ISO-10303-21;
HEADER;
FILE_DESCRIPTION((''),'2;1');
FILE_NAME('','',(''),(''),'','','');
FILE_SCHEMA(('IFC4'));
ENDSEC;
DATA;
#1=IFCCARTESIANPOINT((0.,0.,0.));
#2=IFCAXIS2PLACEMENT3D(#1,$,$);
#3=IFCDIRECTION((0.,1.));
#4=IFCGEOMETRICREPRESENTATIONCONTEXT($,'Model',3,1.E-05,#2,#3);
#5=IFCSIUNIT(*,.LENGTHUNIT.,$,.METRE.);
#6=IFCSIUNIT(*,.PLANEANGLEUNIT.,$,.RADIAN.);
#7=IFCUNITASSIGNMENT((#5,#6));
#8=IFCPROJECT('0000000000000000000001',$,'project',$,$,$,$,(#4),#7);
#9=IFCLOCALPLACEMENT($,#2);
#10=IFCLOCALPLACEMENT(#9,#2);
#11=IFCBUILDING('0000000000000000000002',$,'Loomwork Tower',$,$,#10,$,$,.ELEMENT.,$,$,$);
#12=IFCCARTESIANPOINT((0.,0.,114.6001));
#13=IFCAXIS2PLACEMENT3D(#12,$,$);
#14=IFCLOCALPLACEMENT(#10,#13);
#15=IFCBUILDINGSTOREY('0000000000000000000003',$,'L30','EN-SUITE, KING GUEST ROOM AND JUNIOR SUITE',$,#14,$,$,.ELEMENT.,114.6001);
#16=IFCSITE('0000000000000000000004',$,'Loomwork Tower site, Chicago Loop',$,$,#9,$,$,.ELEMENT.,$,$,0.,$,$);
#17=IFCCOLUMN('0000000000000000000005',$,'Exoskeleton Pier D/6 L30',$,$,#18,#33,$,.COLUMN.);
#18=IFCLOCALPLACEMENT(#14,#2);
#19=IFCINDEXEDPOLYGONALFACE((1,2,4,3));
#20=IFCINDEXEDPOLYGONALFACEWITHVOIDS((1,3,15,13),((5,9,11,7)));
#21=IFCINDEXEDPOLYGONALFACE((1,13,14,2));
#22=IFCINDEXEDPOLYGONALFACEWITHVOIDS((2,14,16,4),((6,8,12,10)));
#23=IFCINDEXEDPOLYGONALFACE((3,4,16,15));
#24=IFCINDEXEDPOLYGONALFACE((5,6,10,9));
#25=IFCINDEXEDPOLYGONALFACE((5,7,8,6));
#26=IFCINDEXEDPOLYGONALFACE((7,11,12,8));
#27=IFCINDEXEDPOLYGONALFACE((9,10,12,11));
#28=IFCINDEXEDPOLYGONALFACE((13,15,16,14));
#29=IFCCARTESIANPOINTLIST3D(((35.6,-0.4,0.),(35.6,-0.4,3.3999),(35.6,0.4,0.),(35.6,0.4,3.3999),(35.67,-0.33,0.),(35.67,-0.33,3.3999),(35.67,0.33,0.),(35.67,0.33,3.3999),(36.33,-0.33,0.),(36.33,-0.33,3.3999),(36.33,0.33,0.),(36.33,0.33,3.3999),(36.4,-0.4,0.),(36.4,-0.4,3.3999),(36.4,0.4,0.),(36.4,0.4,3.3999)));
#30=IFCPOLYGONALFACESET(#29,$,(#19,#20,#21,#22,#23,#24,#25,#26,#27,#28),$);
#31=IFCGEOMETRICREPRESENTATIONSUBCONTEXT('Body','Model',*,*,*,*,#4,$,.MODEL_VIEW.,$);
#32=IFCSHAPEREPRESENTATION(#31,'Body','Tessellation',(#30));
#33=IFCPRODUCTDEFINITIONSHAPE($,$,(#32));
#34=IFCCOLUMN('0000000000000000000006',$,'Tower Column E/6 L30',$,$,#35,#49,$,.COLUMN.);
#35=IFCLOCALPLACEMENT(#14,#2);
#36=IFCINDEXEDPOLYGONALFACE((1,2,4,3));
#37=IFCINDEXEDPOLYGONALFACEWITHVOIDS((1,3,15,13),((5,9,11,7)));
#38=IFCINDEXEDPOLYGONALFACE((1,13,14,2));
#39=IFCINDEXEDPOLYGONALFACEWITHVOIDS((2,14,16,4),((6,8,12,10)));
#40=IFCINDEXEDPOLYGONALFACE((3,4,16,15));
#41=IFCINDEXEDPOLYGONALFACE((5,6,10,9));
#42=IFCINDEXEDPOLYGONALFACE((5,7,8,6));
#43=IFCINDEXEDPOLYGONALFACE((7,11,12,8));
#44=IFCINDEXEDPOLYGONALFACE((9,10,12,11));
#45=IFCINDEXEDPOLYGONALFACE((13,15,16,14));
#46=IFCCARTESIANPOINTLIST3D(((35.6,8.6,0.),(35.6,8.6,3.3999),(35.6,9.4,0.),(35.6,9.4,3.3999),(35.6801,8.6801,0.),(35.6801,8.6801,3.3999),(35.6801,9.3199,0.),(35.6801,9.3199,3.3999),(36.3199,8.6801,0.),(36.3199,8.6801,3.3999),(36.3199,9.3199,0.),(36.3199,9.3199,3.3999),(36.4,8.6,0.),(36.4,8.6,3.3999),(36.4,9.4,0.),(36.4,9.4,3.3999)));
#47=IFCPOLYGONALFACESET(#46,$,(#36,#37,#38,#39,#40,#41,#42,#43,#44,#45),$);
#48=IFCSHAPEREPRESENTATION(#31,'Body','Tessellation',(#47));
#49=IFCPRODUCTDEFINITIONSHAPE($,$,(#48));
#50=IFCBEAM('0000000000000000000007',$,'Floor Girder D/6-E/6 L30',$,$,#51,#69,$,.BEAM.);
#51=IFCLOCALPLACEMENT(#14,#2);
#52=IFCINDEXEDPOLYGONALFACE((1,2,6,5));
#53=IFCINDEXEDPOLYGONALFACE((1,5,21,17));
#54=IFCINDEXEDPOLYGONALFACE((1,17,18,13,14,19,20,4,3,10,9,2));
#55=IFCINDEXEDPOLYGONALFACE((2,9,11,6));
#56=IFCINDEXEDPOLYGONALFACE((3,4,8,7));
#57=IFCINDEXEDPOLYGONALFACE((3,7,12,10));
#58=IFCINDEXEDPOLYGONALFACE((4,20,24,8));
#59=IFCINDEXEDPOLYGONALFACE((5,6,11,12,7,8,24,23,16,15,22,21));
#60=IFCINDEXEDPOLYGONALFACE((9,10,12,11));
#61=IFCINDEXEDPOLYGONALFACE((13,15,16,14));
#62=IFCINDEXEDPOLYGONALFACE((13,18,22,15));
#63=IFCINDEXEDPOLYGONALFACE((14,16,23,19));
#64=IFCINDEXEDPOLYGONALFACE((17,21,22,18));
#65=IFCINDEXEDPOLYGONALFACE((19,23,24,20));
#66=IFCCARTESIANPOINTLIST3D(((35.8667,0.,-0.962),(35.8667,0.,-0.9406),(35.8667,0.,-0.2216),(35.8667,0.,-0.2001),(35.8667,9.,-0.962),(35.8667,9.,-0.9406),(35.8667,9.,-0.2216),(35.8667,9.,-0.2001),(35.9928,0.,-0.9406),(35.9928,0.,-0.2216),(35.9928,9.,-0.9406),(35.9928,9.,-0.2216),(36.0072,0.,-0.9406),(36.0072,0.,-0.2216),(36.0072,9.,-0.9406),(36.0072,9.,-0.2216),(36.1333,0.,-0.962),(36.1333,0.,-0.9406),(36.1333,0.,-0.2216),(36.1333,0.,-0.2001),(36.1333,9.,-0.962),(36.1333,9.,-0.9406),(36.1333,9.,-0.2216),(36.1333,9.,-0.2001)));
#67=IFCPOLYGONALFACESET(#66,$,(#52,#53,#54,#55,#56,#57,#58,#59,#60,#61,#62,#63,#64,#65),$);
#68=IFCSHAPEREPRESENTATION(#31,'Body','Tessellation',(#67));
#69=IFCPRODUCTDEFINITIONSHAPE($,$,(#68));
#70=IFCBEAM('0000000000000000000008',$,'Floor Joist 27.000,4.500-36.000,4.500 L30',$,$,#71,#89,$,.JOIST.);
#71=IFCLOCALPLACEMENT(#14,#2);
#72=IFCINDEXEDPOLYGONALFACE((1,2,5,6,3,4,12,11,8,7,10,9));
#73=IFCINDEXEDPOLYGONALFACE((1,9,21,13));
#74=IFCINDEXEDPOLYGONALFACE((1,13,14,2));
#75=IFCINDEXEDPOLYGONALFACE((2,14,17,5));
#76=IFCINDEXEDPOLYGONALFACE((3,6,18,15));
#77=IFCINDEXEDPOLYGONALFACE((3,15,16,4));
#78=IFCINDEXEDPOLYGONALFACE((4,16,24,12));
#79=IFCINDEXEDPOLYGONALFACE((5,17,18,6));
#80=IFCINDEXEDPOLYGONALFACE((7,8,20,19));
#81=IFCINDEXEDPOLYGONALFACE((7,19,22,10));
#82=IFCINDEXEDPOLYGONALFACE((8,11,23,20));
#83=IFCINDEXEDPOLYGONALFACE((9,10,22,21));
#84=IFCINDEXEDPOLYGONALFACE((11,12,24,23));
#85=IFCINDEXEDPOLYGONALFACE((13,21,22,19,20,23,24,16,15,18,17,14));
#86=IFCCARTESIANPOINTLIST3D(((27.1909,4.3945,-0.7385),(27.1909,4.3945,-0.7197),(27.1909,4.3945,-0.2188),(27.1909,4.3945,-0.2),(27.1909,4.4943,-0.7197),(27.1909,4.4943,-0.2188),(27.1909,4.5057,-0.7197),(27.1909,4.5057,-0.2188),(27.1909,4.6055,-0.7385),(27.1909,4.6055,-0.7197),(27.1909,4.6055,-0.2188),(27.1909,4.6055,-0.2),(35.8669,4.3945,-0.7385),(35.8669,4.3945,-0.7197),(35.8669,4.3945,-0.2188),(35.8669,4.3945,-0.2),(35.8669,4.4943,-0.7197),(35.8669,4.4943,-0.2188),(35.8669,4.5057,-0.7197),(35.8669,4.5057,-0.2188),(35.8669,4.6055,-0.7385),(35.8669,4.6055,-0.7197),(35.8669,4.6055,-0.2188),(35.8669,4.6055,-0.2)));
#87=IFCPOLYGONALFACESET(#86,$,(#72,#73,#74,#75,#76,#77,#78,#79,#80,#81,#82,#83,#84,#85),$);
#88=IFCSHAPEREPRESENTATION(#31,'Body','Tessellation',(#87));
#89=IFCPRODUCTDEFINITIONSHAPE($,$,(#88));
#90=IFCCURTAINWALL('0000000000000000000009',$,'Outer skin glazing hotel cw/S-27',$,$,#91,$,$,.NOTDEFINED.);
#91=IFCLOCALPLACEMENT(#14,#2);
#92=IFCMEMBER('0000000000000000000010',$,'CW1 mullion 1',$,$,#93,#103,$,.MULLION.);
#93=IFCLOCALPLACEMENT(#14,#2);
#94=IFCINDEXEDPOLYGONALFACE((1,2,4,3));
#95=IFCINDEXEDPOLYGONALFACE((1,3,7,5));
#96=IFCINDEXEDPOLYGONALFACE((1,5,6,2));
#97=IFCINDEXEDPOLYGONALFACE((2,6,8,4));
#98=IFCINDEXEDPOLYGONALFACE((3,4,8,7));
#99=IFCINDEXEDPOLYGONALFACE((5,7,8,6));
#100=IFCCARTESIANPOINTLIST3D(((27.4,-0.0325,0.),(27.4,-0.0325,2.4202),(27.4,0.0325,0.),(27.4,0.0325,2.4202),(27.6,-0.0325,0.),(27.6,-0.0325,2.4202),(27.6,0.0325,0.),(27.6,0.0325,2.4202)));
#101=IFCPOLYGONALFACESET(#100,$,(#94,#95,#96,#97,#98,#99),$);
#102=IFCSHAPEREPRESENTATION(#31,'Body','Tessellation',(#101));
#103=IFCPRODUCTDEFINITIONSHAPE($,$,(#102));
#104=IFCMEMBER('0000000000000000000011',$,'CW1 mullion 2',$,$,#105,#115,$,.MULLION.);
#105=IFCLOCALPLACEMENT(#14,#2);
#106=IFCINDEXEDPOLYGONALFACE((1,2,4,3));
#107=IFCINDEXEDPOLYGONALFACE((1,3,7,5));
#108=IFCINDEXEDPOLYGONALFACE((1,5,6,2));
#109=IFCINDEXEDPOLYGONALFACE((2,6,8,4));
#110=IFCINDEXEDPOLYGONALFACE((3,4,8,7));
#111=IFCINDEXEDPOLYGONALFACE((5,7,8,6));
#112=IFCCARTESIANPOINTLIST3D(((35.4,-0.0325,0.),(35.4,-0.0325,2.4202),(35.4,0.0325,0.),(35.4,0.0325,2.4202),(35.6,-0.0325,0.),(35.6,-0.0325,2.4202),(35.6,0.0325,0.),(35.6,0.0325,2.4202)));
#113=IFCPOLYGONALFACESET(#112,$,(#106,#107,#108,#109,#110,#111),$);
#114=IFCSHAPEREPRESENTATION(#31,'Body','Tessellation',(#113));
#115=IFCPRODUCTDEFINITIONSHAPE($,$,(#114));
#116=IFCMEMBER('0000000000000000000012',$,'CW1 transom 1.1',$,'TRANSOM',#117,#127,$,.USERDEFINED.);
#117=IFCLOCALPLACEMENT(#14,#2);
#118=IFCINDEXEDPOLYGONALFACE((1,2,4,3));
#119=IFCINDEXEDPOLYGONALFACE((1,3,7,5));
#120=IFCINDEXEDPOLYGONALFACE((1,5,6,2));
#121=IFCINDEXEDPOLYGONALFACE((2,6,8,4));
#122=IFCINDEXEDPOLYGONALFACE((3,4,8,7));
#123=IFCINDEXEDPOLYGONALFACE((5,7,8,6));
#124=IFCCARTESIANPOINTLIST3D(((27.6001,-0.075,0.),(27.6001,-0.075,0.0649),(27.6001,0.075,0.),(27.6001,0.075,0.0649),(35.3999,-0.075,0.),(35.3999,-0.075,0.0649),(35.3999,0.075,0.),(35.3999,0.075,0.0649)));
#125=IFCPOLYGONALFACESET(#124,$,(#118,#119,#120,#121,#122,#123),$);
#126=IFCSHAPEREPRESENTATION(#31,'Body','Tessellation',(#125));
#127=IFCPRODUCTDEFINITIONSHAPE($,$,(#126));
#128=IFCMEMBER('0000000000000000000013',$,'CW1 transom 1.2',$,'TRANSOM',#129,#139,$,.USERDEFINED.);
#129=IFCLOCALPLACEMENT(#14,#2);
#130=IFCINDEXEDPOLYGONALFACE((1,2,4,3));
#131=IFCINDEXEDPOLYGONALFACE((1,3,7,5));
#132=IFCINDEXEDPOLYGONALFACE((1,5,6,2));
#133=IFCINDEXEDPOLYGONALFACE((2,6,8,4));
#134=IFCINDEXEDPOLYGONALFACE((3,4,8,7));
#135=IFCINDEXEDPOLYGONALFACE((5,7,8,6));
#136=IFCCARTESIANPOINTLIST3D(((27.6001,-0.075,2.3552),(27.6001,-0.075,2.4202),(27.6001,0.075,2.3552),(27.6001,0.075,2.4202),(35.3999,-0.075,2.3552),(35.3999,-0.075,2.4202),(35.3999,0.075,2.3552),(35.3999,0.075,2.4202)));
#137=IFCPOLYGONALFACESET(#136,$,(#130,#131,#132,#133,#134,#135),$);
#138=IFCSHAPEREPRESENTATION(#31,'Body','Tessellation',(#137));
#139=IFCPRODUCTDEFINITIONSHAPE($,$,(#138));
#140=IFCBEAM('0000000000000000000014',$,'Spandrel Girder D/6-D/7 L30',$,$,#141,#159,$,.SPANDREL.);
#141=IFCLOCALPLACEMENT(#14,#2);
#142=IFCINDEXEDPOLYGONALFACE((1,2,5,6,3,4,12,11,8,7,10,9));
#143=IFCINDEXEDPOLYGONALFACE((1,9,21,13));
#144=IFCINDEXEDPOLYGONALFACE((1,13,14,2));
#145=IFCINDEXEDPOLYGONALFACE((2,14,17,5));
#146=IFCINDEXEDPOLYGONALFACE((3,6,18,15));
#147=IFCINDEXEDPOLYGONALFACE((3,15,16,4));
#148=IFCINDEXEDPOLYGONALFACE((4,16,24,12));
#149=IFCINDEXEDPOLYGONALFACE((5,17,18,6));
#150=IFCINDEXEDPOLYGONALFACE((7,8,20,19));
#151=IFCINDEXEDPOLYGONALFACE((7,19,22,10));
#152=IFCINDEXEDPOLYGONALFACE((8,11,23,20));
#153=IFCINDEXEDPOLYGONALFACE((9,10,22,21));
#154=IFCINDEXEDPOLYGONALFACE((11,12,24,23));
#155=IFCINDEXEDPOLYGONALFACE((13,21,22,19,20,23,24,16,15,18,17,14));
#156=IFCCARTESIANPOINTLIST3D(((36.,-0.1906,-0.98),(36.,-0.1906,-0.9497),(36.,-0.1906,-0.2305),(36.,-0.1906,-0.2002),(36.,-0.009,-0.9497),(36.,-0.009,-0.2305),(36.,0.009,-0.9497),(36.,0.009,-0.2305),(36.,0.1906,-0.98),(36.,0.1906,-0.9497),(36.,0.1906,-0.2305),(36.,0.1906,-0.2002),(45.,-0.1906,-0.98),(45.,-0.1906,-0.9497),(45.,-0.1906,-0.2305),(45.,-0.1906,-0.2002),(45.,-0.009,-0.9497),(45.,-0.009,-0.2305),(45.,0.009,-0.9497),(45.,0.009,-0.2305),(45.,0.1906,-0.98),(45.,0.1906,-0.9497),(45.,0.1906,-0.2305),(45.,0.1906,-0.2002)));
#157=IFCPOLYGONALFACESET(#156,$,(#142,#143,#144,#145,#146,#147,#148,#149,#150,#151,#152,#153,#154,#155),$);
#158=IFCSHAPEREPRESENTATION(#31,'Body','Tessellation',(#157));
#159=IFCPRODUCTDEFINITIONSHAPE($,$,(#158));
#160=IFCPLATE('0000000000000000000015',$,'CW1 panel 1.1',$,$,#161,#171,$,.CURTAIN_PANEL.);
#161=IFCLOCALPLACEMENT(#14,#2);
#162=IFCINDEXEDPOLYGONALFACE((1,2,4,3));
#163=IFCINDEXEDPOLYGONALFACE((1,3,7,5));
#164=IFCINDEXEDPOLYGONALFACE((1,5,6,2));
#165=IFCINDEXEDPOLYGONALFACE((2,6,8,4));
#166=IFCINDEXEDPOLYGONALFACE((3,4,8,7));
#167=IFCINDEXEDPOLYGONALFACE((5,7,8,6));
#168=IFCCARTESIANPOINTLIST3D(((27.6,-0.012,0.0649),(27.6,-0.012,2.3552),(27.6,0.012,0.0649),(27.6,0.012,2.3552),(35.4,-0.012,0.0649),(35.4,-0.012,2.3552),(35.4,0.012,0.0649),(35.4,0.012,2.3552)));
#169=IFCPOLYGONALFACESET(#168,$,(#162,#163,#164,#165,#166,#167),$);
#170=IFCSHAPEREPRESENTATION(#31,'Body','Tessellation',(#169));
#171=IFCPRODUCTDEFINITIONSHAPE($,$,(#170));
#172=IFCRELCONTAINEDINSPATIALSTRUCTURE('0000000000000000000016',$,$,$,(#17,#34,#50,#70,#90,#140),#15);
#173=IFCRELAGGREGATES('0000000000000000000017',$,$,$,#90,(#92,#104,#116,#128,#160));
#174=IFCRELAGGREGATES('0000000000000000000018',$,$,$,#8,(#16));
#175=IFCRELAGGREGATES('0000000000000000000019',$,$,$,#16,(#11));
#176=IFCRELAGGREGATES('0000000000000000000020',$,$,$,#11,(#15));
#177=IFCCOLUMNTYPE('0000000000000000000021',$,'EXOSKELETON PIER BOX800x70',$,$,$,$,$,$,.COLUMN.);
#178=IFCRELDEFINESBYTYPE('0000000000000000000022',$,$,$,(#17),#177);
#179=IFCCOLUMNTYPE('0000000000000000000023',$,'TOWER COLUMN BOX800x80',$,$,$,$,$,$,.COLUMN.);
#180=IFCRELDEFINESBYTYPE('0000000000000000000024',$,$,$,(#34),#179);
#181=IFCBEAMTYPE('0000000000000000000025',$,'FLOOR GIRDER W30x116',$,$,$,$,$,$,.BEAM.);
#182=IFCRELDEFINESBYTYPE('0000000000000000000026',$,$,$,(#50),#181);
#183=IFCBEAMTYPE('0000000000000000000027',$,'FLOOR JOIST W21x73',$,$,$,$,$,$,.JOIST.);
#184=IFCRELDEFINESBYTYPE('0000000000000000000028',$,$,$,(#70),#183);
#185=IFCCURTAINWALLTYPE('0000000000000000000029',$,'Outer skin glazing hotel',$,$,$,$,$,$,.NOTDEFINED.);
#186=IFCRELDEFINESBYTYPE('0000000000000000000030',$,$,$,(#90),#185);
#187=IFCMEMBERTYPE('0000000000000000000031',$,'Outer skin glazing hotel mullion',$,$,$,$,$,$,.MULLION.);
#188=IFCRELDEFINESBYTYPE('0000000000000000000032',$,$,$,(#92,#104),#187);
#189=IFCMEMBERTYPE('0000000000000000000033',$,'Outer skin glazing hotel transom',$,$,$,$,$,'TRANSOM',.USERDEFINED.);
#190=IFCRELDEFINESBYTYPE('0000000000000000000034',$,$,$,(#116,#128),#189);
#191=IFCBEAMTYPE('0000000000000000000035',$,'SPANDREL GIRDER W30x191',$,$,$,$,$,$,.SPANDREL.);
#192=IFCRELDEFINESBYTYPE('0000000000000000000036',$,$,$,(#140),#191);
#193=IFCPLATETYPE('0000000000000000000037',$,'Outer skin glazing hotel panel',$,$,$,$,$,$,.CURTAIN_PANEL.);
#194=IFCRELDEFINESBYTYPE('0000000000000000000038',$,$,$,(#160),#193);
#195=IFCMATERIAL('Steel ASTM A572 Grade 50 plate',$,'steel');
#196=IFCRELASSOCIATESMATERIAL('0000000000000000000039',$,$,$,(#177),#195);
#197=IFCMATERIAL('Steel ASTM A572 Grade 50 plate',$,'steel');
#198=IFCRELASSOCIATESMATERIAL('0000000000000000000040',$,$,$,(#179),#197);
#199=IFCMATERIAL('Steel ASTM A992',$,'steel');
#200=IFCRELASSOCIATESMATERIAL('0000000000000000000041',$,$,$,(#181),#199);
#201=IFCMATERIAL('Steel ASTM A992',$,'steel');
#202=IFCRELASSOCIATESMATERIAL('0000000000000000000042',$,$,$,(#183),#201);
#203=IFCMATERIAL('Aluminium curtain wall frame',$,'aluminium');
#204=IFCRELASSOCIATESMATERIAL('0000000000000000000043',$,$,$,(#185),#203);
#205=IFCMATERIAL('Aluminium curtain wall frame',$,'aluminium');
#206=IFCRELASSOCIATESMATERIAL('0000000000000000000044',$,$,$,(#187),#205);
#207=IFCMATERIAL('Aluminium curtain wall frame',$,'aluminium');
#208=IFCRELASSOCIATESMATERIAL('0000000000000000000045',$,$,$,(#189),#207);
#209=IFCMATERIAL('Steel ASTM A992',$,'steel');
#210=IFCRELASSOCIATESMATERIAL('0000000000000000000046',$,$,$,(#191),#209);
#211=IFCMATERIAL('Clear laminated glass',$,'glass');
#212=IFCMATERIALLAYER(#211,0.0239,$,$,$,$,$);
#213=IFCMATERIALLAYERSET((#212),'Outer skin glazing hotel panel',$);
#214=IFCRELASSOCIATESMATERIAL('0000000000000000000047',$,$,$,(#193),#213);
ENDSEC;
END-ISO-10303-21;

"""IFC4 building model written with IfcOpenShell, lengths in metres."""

from ifc_helpers import new_model, si_unit, direction, frame, origin, origin_2d, place, context, subcontext, project, spatial, rectangle, hollow_rectangle, i_section, extrude, material, layer, layer_set, material_profile, profile_set, type_object, element, aggregate, save


model = new_model("IFC4")

# Units and contexts
model_context = context("Model", 3, precision=1e-05, world=origin(), true_north=direction((0.0, 1.0)))
body_context = subcontext(model_context, "Body", "Model", "MODEL_VIEW")
ifc_project = project(units=[si_unit("LENGTHUNIT", "METRE"), si_unit("PLANEANGLEUNIT", "RADIAN")], contexts=[model_context])

# Site, building, storey
site_placement = place(None, origin())
site = spatial("IfcSite", under=ifc_project, at=site_placement, Name="Loomwork Tower site, Chicago Loop", CompositionType="ELEMENT", RefElevation=0.0)
building_placement = place(site_placement, origin())
building = spatial("IfcBuilding", under=site, at=building_placement, Name="Loomwork Tower", CompositionType="ELEMENT")
storey_placement = place(building_placement, frame((0.0, 0.0, 114.6001)))
storey = spatial("IfcBuildingStorey", under=building, at=storey_placement, Name="L30", Description="EN-SUITE, KING GUEST ROOM AND JUNIOR SUITE", CompositionType="ELEMENT", Elevation=114.6001)

# Columns
ifc_material_1 = material(Name="Steel ASTM A572 Grade 50 plate", Category="steel")
ifc_material_profile_1 = material_profile(ifc_material_1, hollow_rectangle(XDim=0.8, YDim=0.8, WallThickness=0.0701, at=origin_2d()), Name="BOX800x70")
ifc_profile_set_1 = profile_set([ifc_material_profile_1], Name="Steel ASTM A572 Grade 50 plate")
column_type_1 = type_object("IfcColumnType", Name="EXOSKELETON PIER BOX800x70", PredefinedType="COLUMN", material=ifc_profile_set_1)
column_1_placement = place(storey_placement, frame((36.0, 0.0, 0.0), z_axis=(0.0, 0.0, 1.0), x_axis=(1.0, 0.0, 0.0)))
element("IfcColumn", 1, at=column_1_placement, inside=storey, type_object=column_type_1, Name="Exoskeleton Pier D/6 L30", PredefinedType="COLUMN", context=body_context, shape_type="SweptSolid", body=[
    extrude(hollow_rectangle(XDim=0.8, YDim=0.8, WallThickness=0.0701, at=origin_2d()), origin(), (0.0, 0.0, 1.0), 3.3999),
])
ifc_material_2 = material(Name="Steel ASTM A572 Grade 50 plate", Category="steel")
ifc_material_profile_2 = material_profile(ifc_material_2, hollow_rectangle(XDim=0.8, YDim=0.8, WallThickness=0.0801, at=origin_2d()), Name="BOX800x80")
ifc_profile_set_2 = profile_set([ifc_material_profile_2], Name="Steel ASTM A572 Grade 50 plate")
column_type_2 = type_object("IfcColumnType", Name="TOWER COLUMN BOX800x80", PredefinedType="COLUMN", material=ifc_profile_set_2)
column_2_placement = place(storey_placement, frame((36.0, 9.0, 0.0), z_axis=(0.0, 0.0, 1.0), x_axis=(0.0, 1.0, 0.0)))
element("IfcColumn", 2, at=column_2_placement, inside=storey, type_object=column_type_2, Name="Tower Column E/6 L30", PredefinedType="COLUMN", context=body_context, shape_type="SweptSolid", body=[
    extrude(hollow_rectangle(XDim=0.8, YDim=0.8, WallThickness=0.0801, at=origin_2d()), origin(), (0.0, 0.0, 1.0), 3.3999),
])

# Beams
ifc_material_3 = material(Name="Steel ASTM A992", Category="steel")
ifc_material_profile_3 = material_profile(ifc_material_3, i_section(OverallWidth=0.2666, OverallDepth=0.762, WebThickness=0.0144, FlangeThickness=0.0215, at=origin_2d()), Name="W30x116")
ifc_profile_set_3 = profile_set([ifc_material_profile_3], Name="Steel ASTM A992")
beam_type_1 = type_object("IfcBeamType", Name="FLOOR GIRDER W30x116", PredefinedType="BEAM", material=ifc_profile_set_3)
beam_1_placement = place(storey_placement, frame((36.0, 0.0, -0.5811), z_axis=(0.0, 1.0, 0.0), x_axis=(-1.0, 0.0, 0.0)))
element("IfcBeam", 3, at=beam_1_placement, inside=storey, type_object=beam_type_1, Name="Floor Girder D/6-E/6 L30", PredefinedType="BEAM", context=body_context, shape_type="SweptSolid", body=[
    extrude(i_section(OverallWidth=0.2666, OverallDepth=0.762, WebThickness=0.0144, FlangeThickness=0.0215, at=origin_2d()), origin(), (0.0, 0.0, 1.0), 9.0),
])
ifc_material_4 = material(Name="Steel ASTM A992", Category="steel")
ifc_material_profile_4 = material_profile(ifc_material_4, i_section(OverallWidth=0.2109, OverallDepth=0.5386, WebThickness=0.0115, FlangeThickness=0.0188, at=origin_2d()), Name="W21x73")
ifc_profile_set_4 = profile_set([ifc_material_profile_4], Name="Steel ASTM A992")
beam_type_2 = type_object("IfcBeamType", Name="FLOOR JOIST W21x73", PredefinedType="JOIST", material=ifc_profile_set_4)
beam_2_placement = place(storey_placement, frame((27.1909, 4.5, -0.4692), z_axis=(1.0, 0.0, 0.0), x_axis=(0.0, 1.0, 0.0)))
element("IfcBeam", 4, at=beam_2_placement, inside=storey, type_object=beam_type_2, Name="Floor Joist 27.000,4.500-36.000,4.500 L30", PredefinedType="JOIST", context=body_context, shape_type="SweptSolid", body=[
    extrude(i_section(OverallWidth=0.2109, OverallDepth=0.5386, WebThickness=0.0115, FlangeThickness=0.0188, at=origin_2d()), origin(), (0.0, 0.0, 1.0), 8.676),
])

# Curtain wall, members
ifc_material_5 = material(Name="Aluminium curtain wall frame", Category="aluminium")
curtain_wall_type = type_object("IfcCurtainWallType", Name="Outer skin glazing hotel", PredefinedType="NOTDEFINED", material=ifc_material_5)
curtain_wall_placement = place(storey_placement, origin())
curtain_wall = element("IfcCurtainWall", 5, at=curtain_wall_placement, inside=storey, type_object=curtain_wall_type, Name="Outer skin glazing hotel cw/S-27", PredefinedType="NOTDEFINED")
ifc_material_6 = material(Name="Aluminium curtain wall frame", Category="aluminium")
ifc_material_profile_5 = material_profile(ifc_material_6, rectangle(XDim=0.0649, YDim=0.2, at=origin_2d()), Name="AL 65x200")
ifc_profile_set_5 = profile_set([ifc_material_profile_5], Name="Aluminium curtain wall frame")
member_type_1 = type_object("IfcMemberType", Name="Outer skin glazing hotel mullion", PredefinedType="MULLION", material=ifc_profile_set_5)
member_1_placement = place(storey_placement, frame((27.5, 0.0, 0.0), z_axis=(0.0, 0.0, 1.0), x_axis=(0.0, 1.0, 0.0)))
member_1 = element("IfcMember", 6, at=member_1_placement, type_object=member_type_1, Name="CW1 mullion 1", PredefinedType="MULLION", context=body_context, shape_type="SweptSolid", body=[
    extrude(rectangle(XDim=0.0649, YDim=0.2, at=origin_2d()), origin(), (0.0, 0.0, 1.0), 2.4202),
])
member_2_placement = place(storey_placement, frame((35.5, 0.0, 0.0), z_axis=(0.0, 0.0, 1.0), x_axis=(0.0, 1.0, 0.0)))
member_2 = element("IfcMember", 7, at=member_2_placement, type_object=member_type_1, Name="CW1 mullion 2", PredefinedType="MULLION", context=body_context, shape_type="SweptSolid", body=[
    extrude(rectangle(XDim=0.0649, YDim=0.2, at=origin_2d()), origin(), (0.0, 0.0, 1.0), 2.4202),
])
ifc_material_7 = material(Name="Aluminium curtain wall frame", Category="aluminium")
ifc_material_profile_6 = material_profile(ifc_material_7, rectangle(XDim=0.1499, YDim=0.0649, at=origin_2d()), Name="AL 65x150")
ifc_profile_set_6 = profile_set([ifc_material_profile_6], Name="Aluminium curtain wall frame")
member_type_2 = type_object("IfcMemberType", Name="Outer skin glazing hotel transom", ElementType="TRANSOM", PredefinedType="USERDEFINED", material=ifc_profile_set_6)
member_3_placement = place(storey_placement, frame((27.6001, 0.0, 0.0325), z_axis=(1.0, 0.0, 0.0), x_axis=(0.0, 1.0, 0.0)))
member_3 = element("IfcMember", 8, at=member_3_placement, type_object=member_type_2, Name="CW1 transom 1.1", ObjectType="TRANSOM", PredefinedType="USERDEFINED", context=body_context, shape_type="SweptSolid", body=[
    extrude(rectangle(XDim=0.1499, YDim=0.0649, at=origin_2d()), origin(), (0.0, 0.0, 1.0), 7.7998),
])
member_4_placement = place(storey_placement, frame((27.6001, 0.0, 2.3877), z_axis=(1.0, 0.0, 0.0), x_axis=(0.0, 1.0, 0.0)))
member_4 = element("IfcMember", 9, at=member_4_placement, type_object=member_type_2, Name="CW1 transom 1.2", ObjectType="TRANSOM", PredefinedType="USERDEFINED", context=body_context, shape_type="SweptSolid", body=[
    extrude(rectangle(XDim=0.1499, YDim=0.0649, at=origin_2d()), origin(), (0.0, 0.0, 1.0), 7.7998),
])

# Beam
ifc_material_8 = material(Name="Steel ASTM A992", Category="steel")
ifc_material_profile_7 = material_profile(ifc_material_8, i_section(OverallWidth=0.3811, OverallDepth=0.7798, WebThickness=0.0181, FlangeThickness=0.0303, at=origin_2d()), Name="W30x191")
ifc_profile_set_7 = profile_set([ifc_material_profile_7], Name="Steel ASTM A992")
beam_type_3 = type_object("IfcBeamType", Name="SPANDREL GIRDER W30x191", PredefinedType="SPANDREL", material=ifc_profile_set_7)
beam_3_placement = place(storey_placement, frame((36.0, 0.0, -0.5901), z_axis=(1.0, 0.0, 0.0), x_axis=(0.0, 1.0, 0.0)))
element("IfcBeam", 10, at=beam_3_placement, inside=storey, type_object=beam_type_3, Name="Spandrel Girder D/6-D/7 L30", PredefinedType="SPANDREL", context=body_context, shape_type="SweptSolid", body=[
    extrude(i_section(OverallWidth=0.3811, OverallDepth=0.7798, WebThickness=0.0181, FlangeThickness=0.0303, at=origin_2d()), origin(), (0.0, 0.0, 1.0), 9.0),
])

# Plate
ifc_material_9 = material(Name="Clear laminated glass", Category="glass")
ifc_layer_1 = layer(ifc_material_9, 0.0239)
ifc_layer_set_1 = layer_set([ifc_layer_1], Name="Outer skin glazing hotel panel")
plate_type = type_object("IfcPlateType", Name="Outer skin glazing hotel panel", PredefinedType="CURTAIN_PANEL", material=ifc_layer_set_1)
plate_placement = place(storey_placement, frame((31.5, 0.0, 0.0649), z_axis=(0.0, 0.0, 1.0), x_axis=(1.0, 0.0, 0.0)))
plate = element("IfcPlate", 11, at=plate_placement, type_object=plate_type, Name="CW1 panel 1.1", PredefinedType="CURTAIN_PANEL", context=body_context, shape_type="SweptSolid", body=[
    extrude(rectangle(XDim=7.8, YDim=0.0239, at=origin_2d()), origin(), (0.0, 0.0, 1.0), 2.2903),
])
aggregate(curtain_wall, [member_1, member_2, member_3, member_4, plate])

save(model, "model.ifc")
